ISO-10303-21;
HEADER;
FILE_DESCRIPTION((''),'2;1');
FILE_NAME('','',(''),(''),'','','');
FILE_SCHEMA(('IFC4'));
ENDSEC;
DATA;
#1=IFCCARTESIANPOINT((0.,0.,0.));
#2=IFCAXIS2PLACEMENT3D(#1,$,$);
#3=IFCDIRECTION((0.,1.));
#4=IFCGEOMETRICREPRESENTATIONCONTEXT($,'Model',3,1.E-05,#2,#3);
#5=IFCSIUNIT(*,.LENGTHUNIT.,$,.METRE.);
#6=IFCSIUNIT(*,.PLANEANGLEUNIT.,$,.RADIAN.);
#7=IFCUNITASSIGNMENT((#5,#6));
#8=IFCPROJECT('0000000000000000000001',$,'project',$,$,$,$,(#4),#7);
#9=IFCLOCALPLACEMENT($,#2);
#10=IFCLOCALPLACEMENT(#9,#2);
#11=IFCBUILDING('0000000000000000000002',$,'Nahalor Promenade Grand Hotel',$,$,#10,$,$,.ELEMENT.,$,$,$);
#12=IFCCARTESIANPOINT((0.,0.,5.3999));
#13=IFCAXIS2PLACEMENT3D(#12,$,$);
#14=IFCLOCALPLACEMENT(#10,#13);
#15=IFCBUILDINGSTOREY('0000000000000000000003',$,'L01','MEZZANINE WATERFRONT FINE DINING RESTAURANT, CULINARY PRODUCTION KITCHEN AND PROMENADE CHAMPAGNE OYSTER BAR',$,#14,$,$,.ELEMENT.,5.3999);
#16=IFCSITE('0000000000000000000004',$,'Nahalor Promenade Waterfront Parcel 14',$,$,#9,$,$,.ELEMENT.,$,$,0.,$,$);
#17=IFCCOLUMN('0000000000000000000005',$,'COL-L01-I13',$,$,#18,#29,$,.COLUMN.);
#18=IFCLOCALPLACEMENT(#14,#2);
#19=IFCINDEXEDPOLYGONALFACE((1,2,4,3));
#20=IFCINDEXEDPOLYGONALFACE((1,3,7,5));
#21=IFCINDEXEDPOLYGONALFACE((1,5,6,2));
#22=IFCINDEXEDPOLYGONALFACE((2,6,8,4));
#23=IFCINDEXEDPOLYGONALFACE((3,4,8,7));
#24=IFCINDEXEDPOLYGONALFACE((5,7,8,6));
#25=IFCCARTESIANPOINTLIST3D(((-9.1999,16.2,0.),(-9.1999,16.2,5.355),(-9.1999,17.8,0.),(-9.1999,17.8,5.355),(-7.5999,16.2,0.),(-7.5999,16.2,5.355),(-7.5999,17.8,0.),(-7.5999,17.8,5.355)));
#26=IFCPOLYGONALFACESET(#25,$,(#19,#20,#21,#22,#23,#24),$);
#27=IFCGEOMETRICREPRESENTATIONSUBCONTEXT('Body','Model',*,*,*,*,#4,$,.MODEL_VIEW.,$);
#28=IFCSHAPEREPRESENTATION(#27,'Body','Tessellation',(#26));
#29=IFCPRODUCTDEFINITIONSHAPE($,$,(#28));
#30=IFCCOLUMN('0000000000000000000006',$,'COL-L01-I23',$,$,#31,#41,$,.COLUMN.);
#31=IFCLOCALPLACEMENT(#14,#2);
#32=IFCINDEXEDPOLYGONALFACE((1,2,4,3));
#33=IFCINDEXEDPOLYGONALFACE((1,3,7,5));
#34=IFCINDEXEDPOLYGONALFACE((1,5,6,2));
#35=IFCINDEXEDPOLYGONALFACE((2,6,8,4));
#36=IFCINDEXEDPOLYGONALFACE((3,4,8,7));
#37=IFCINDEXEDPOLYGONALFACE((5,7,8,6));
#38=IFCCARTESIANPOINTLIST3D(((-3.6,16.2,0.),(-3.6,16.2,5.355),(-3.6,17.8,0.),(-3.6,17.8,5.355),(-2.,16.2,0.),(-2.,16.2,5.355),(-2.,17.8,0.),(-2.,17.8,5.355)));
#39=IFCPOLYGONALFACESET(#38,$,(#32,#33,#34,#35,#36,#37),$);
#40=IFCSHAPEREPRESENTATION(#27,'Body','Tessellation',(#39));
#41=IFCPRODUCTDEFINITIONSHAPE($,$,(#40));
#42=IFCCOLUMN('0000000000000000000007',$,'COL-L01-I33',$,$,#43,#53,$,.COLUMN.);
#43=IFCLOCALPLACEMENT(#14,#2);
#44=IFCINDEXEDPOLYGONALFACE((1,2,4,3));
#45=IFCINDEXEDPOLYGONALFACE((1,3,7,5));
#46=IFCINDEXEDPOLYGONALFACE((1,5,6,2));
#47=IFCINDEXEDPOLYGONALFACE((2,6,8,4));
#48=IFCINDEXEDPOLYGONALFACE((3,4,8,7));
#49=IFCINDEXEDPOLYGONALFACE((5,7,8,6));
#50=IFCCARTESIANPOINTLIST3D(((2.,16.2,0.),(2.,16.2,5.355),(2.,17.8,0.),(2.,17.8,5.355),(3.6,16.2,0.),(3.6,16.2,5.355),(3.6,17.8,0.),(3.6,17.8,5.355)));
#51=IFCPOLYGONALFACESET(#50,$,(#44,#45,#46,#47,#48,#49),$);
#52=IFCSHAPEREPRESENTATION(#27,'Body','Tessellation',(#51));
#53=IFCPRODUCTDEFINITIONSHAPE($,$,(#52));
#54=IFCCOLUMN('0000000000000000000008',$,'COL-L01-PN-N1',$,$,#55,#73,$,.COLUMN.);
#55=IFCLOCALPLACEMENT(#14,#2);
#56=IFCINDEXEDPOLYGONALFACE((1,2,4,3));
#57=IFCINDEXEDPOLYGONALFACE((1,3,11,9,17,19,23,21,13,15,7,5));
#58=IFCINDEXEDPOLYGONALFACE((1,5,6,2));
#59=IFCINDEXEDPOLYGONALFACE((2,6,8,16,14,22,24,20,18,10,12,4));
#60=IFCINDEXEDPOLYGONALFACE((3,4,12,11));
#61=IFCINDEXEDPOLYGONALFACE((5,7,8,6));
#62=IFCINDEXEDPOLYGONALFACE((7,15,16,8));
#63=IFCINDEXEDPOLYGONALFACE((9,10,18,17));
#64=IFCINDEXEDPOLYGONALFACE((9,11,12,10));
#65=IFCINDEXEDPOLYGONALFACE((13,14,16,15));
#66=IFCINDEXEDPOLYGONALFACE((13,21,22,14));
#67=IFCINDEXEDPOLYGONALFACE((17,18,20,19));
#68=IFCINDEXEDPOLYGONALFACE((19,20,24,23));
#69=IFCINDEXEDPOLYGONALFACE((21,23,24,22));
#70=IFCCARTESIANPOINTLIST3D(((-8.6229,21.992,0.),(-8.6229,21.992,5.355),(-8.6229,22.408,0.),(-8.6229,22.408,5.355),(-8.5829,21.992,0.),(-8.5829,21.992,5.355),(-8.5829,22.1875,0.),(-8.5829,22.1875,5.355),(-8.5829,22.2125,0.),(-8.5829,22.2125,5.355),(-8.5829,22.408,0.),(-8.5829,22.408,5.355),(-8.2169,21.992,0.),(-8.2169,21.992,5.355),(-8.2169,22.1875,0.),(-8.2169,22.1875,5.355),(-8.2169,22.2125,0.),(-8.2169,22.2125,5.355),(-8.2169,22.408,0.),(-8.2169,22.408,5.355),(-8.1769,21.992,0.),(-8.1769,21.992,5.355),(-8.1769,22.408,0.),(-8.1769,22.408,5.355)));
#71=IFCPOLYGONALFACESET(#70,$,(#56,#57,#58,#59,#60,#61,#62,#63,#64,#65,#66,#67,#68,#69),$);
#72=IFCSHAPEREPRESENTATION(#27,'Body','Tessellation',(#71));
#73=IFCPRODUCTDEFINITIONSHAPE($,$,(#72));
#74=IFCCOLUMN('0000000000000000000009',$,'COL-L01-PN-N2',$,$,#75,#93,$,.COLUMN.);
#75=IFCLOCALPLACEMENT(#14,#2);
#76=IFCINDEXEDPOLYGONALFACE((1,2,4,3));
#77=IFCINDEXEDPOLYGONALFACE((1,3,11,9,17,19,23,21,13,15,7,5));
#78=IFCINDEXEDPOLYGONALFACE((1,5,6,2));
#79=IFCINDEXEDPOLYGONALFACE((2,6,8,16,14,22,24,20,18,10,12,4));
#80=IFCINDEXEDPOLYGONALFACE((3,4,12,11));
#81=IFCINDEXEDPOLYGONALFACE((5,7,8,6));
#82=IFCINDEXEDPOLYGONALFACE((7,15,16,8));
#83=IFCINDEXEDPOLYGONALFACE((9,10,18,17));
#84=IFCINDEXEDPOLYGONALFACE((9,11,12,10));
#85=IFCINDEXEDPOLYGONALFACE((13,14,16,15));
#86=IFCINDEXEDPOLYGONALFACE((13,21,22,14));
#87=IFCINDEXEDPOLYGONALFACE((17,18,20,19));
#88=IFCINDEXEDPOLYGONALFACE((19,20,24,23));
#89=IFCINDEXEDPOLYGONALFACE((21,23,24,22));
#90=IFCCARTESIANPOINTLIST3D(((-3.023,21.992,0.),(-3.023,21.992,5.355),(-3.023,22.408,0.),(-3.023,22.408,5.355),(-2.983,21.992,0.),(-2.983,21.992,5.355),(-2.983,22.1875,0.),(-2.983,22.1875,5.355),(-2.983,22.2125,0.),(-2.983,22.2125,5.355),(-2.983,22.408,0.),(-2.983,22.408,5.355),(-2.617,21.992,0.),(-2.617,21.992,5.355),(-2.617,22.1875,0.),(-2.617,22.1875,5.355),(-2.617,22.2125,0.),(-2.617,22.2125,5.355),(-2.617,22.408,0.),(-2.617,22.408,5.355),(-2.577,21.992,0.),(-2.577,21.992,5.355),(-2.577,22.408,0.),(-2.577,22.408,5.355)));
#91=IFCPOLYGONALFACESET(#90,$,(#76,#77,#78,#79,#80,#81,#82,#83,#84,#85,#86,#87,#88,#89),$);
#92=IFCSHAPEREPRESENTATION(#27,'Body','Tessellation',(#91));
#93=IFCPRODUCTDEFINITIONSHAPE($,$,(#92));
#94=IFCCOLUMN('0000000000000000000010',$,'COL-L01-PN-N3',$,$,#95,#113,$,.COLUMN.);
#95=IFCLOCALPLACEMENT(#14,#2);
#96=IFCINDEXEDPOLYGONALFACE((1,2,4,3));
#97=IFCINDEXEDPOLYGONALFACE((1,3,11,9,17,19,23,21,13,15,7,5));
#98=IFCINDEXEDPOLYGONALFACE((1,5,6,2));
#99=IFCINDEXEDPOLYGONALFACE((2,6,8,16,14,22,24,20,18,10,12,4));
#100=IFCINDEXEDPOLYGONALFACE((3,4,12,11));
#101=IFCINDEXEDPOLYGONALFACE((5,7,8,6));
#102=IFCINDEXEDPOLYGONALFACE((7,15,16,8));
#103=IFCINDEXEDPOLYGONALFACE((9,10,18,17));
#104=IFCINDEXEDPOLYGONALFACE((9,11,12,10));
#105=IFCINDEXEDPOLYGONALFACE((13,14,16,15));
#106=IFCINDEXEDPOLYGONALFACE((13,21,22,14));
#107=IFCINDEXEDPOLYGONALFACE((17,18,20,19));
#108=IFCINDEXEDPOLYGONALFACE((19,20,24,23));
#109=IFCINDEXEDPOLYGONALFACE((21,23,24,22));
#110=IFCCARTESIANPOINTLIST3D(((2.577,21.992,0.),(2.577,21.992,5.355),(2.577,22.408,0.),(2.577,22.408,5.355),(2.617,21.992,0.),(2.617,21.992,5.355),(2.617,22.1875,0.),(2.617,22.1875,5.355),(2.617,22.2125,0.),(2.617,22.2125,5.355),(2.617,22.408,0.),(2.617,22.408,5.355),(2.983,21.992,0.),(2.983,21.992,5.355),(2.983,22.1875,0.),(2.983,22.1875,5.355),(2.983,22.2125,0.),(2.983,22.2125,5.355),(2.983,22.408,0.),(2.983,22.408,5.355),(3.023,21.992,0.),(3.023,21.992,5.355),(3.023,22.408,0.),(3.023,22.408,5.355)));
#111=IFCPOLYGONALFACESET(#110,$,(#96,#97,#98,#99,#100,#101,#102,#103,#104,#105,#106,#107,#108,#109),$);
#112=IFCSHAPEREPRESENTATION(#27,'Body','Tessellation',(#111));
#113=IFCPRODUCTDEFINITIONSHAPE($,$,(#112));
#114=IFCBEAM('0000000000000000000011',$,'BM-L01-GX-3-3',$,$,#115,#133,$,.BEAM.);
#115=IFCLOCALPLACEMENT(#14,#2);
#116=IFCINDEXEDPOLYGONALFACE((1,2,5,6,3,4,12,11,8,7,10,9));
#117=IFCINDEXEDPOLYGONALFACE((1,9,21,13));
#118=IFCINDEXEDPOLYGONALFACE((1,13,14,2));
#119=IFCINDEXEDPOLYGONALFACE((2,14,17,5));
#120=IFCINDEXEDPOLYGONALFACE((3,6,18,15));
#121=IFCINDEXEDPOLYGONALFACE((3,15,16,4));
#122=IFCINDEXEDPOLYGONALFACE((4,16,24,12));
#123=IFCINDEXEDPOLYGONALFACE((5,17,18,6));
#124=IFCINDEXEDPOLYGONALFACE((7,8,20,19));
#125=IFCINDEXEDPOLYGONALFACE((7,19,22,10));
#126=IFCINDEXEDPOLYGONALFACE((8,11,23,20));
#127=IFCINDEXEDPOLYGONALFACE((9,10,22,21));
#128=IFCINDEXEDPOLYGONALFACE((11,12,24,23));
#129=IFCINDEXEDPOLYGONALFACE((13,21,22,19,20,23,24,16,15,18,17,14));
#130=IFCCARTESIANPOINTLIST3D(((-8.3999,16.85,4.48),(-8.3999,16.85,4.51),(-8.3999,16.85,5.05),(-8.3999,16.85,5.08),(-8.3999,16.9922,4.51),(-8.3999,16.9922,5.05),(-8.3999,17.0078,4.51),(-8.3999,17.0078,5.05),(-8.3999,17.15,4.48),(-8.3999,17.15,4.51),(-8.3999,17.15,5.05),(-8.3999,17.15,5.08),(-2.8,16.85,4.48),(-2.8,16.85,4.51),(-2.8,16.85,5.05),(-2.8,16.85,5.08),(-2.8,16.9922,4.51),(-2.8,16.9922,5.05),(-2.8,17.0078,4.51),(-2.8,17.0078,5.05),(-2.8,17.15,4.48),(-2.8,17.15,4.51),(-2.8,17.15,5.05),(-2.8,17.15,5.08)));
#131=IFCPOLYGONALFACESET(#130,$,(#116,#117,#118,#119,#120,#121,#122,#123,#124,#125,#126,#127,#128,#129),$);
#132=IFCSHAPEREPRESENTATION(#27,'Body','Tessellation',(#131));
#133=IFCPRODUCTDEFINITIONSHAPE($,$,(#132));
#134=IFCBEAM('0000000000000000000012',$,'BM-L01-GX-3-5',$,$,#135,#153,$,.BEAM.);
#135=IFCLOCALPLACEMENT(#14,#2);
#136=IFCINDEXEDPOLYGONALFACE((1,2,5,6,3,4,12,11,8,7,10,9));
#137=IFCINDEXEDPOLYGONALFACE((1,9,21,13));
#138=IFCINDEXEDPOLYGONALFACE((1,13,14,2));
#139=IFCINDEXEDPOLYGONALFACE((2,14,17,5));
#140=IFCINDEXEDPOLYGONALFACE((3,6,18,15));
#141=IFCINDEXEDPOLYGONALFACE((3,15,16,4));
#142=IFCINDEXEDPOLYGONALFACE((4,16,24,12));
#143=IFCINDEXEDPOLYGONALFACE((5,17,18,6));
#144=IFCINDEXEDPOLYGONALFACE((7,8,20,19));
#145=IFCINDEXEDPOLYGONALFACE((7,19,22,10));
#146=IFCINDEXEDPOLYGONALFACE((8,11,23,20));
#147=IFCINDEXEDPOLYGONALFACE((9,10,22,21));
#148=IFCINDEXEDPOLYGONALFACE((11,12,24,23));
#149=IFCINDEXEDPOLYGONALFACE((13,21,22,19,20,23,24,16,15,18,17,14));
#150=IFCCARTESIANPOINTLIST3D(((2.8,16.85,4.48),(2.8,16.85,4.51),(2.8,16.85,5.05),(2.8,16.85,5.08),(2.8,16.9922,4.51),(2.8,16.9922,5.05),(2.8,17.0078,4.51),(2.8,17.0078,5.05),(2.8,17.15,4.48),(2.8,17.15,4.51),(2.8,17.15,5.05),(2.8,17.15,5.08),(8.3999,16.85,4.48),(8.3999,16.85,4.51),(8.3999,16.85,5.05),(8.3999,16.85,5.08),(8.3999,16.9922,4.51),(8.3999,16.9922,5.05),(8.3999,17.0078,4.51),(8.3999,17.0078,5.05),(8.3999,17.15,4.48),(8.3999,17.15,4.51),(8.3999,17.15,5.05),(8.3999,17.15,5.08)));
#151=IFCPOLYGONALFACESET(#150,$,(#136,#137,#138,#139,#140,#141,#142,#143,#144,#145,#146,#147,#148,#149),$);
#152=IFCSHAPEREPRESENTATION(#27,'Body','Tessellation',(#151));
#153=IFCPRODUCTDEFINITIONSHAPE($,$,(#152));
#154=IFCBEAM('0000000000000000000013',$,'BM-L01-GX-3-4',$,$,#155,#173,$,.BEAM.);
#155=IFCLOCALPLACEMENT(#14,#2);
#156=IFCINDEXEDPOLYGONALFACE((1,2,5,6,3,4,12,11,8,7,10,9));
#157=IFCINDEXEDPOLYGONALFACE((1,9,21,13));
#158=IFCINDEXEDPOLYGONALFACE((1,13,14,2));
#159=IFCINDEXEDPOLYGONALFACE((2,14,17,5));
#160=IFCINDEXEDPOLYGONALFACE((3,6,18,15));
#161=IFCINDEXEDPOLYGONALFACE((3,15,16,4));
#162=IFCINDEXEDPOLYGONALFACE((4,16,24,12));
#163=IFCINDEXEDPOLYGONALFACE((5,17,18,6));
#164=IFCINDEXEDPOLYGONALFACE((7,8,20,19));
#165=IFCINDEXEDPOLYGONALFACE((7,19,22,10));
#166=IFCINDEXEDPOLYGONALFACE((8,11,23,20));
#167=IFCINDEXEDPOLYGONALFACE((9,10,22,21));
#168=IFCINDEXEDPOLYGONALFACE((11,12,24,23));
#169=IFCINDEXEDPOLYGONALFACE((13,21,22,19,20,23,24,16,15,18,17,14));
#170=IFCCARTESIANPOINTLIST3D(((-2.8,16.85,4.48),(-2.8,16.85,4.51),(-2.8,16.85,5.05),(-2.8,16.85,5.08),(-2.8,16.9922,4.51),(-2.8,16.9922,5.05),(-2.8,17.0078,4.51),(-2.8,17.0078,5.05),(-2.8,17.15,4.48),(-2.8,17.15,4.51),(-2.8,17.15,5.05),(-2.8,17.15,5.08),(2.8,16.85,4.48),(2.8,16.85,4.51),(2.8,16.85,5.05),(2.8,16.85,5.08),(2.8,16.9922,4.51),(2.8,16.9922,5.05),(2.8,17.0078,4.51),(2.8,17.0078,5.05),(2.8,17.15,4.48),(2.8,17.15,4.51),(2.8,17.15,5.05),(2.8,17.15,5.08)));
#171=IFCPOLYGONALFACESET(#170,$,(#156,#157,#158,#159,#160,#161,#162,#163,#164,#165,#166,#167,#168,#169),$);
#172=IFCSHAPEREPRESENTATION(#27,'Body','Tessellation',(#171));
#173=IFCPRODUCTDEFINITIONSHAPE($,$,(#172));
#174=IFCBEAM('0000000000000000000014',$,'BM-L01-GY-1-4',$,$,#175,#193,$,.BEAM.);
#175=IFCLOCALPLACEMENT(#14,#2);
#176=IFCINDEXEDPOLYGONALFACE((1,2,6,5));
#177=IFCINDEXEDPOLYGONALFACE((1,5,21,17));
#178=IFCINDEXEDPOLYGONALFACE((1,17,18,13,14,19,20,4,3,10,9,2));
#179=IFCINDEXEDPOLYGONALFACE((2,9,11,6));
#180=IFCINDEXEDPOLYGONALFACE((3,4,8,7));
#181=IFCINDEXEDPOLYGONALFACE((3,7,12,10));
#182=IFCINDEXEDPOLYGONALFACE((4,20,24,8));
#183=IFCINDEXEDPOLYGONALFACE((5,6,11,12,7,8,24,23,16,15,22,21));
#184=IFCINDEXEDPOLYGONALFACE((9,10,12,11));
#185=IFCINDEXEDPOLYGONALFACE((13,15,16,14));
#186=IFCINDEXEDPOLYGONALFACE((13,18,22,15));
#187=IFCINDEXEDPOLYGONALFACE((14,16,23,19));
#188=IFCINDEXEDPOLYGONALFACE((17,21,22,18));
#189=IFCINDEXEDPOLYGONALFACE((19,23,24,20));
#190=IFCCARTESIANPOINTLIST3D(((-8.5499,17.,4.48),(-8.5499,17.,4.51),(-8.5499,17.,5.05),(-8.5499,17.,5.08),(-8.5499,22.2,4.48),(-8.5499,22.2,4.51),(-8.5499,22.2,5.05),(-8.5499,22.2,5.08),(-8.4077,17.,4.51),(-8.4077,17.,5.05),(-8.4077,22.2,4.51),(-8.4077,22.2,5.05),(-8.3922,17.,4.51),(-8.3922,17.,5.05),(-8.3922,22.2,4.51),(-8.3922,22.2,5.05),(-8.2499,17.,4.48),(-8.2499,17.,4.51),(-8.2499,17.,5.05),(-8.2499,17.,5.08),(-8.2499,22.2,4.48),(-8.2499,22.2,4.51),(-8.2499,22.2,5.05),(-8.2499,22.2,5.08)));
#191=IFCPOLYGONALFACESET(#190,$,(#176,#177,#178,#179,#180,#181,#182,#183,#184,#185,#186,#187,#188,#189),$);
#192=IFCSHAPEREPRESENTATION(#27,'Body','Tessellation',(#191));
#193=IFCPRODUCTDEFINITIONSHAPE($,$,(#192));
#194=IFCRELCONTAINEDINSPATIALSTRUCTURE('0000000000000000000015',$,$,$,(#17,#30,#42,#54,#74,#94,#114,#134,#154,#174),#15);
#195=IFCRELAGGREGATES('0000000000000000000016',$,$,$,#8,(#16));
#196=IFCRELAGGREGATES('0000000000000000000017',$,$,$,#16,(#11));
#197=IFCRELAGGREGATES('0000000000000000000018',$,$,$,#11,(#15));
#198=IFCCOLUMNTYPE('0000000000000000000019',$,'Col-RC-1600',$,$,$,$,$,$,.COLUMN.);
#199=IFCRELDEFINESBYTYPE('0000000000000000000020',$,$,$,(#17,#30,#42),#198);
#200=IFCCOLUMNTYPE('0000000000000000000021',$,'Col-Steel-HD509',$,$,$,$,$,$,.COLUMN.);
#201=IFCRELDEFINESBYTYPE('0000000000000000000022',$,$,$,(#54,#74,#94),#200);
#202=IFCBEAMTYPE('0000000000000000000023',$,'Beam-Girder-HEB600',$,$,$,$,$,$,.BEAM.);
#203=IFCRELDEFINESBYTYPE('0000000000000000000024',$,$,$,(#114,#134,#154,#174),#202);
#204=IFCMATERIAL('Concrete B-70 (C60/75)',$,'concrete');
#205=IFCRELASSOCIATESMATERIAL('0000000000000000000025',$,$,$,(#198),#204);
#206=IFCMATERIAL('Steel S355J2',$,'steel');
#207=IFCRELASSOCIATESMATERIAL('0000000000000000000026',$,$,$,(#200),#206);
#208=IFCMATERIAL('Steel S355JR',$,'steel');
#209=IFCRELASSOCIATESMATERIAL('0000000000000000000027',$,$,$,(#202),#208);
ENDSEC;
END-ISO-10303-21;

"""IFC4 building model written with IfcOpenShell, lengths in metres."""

from ifc_helpers import new_model, si_unit, direction, frame, origin, origin_2d, place, context, subcontext, project, spatial, rectangle, i_section, extrude, source, transform, mapped, material, material_profile, profile_set, type_object, element, save


model = new_model("IFC4")

# Units and contexts
model_context = context("Model", 3, precision=1e-05, world=origin(), true_north=direction((0.0, 1.0)))
body_context = subcontext(model_context, "Body", "Model", "MODEL_VIEW")
ifc_project = project(units=[si_unit("LENGTHUNIT", "METRE"), si_unit("PLANEANGLEUNIT", "RADIAN")], contexts=[model_context])

# Site, building, storey
site_placement = place(None, origin())
site = spatial("IfcSite", under=ifc_project, at=site_placement, Name="Nahalor Promenade Waterfront Parcel 14", CompositionType="ELEMENT", RefElevation=0.0)
building_placement = place(site_placement, origin())
building = spatial("IfcBuilding", under=site, at=building_placement, Name="Nahalor Promenade Grand Hotel", CompositionType="ELEMENT")
storey_placement = place(building_placement, frame((0.0, 0.0, 5.3999)))
storey = spatial("IfcBuildingStorey", under=building, at=storey_placement, Name="L01", Description="MEZZANINE WATERFRONT FINE DINING RESTAURANT, CULINARY PRODUCTION KITCHEN AND PROMENADE CHAMPAGNE OYSTER BAR", CompositionType="ELEMENT", Elevation=5.3999)

# Columns
ifc_material_1 = material(Name="Concrete B-70 (C60/75)", Category="concrete")
ifc_material_profile_1 = material_profile(ifc_material_1, rectangle(XDim=1.6, YDim=1.6, at=origin_2d()), Name="RC 1600x1600")
ifc_profile_set_1 = profile_set([ifc_material_profile_1], Name="Concrete B-70 (C60/75)")
column_type_1 = type_object("IfcColumnType", Name="Col-RC-1600", PredefinedType="COLUMN", material=ifc_profile_set_1)
shared_shape_1 = source(origin(), body_context, "Body", "SweptSolid", [
    extrude(rectangle(XDim=1.6, YDim=1.6, at=origin_2d()), origin(), (0.0, 0.0, 1.0), 5.355),
])
for number, where, z_axis, x_axis, name in (
    (1, (-8.3999, 17.0, 0.0), (0.0, 0.0, 1.0), (1.0, 0.0, 0.0), "COL-L01-I13"),
    (2, (-2.8, 17.0, 0.0), (0.0, 0.0, 1.0), (1.0, 0.0, 0.0), "COL-L01-I23"),
    (3, (2.8, 17.0, 0.0), (0.0, 0.0, 1.0), (1.0, 0.0, 0.0), "COL-L01-I33"),
):
    element("IfcColumn", number, at=place(storey_placement, frame(where, z_axis=z_axis, x_axis=x_axis)), inside=storey, type_object=column_type_1, Name=name, PredefinedType="COLUMN", context=body_context, shape_type="MappedRepresentation", body=[
        mapped(shared_shape_1, transform((0.0, 0.0, 0.0), scale=1.0)),
    ])
ifc_material_2 = material(Name="Steel S355J2", Category="steel")
ifc_material_profile_2 = material_profile(ifc_material_2, i_section(OverallWidth=0.416, OverallDepth=0.446, WebThickness=0.025, FlangeThickness=0.04, at=origin_2d()), Name="HD 400x509")
ifc_profile_set_2 = profile_set([ifc_material_profile_2], Name="Steel S355J2")
column_type_2 = type_object("IfcColumnType", Name="Col-Steel-HD509", PredefinedType="COLUMN", material=ifc_profile_set_2)
shared_shape_2 = source(origin(), body_context, "Body", "SweptSolid", [
    extrude(i_section(OverallWidth=0.416, OverallDepth=0.446, WebThickness=0.025, FlangeThickness=0.04, at=origin_2d()), origin(), (0.0, 0.0, 1.0), 5.355),
])
for number, where, z_axis, x_axis, name in (
    (4, (-8.3999, 22.2, 0.0), (0.0, 0.0, 1.0), (0.0, 1.0, 0.0), "COL-L01-PN-N1"),
    (5, (-2.8, 22.2, 0.0), (0.0, 0.0, 1.0), (0.0, 1.0, 0.0), "COL-L01-PN-N2"),
    (6, (2.8, 22.2, 0.0), (0.0, 0.0, 1.0), (0.0, 1.0, 0.0), "COL-L01-PN-N3"),
):
    element("IfcColumn", number, at=place(storey_placement, frame(where, z_axis=z_axis, x_axis=x_axis)), inside=storey, type_object=column_type_2, Name=name, PredefinedType="COLUMN", context=body_context, shape_type="MappedRepresentation", body=[
        mapped(shared_shape_2, transform((0.0, 0.0, 0.0), scale=1.0)),
    ])

# Beams
ifc_material_3 = material(Name="Steel S355JR", Category="steel")
ifc_material_profile_3 = material_profile(ifc_material_3, i_section(OverallWidth=0.3, OverallDepth=0.6, WebThickness=0.0155, FlangeThickness=0.03, at=origin_2d()), Name="HEB 600")
ifc_profile_set_3 = profile_set([ifc_material_profile_3], Name="Steel S355JR")
beam_type_1 = type_object("IfcBeamType", Name="Beam-Girder-HEB600", PredefinedType="BEAM", material=ifc_profile_set_3)
shared_shape_3 = source(origin(), body_context, "Body", "SweptSolid", [
    extrude(i_section(OverallWidth=0.3, OverallDepth=0.6, WebThickness=0.0155, FlangeThickness=0.03, at=origin_2d()), origin(), (0.0, 0.0, 1.0), 5.5999),
])
for number, where, z_axis, x_axis, name in (
    (7, (-8.3999, 17.0, 4.78), (1.0, 0.0, 0.0), (0.0, 1.0, 0.0), "BM-L01-GX-3-3"),
    (8, (2.8, 17.0, 4.78), (1.0, 0.0, 0.0), (0.0, 1.0, 0.0), "BM-L01-GX-3-5"),
):
    element("IfcBeam", number, at=place(storey_placement, frame(where, z_axis=z_axis, x_axis=x_axis)), inside=storey, type_object=beam_type_1, Name=name, PredefinedType="BEAM", context=body_context, shape_type="MappedRepresentation", body=[
        mapped(shared_shape_3, transform((0.0, 0.0, 0.0), scale=1.0)),
    ])
shared_shape_4 = source(origin(), body_context, "Body", "SweptSolid", [
    extrude(i_section(OverallWidth=0.3, OverallDepth=0.6, WebThickness=0.0155, FlangeThickness=0.03, at=origin_2d()), origin(), (0.0, 0.0, 1.0), 5.6001),
])
beam_1_placement = place(storey_placement, frame((-2.8, 17.0, 4.78), z_axis=(1.0, 0.0, 0.0), x_axis=(0.0, 1.0, 0.0)))
element("IfcBeam", 9, at=beam_1_placement, inside=storey, type_object=beam_type_1, Name="BM-L01-GX-3-4", PredefinedType="BEAM", context=body_context, shape_type="MappedRepresentation", body=[
    mapped(shared_shape_4, transform((0.0, 0.0, 0.0), scale=1.0)),
])
shared_shape_5 = source(origin(), body_context, "Body", "SweptSolid", [
    extrude(i_section(OverallWidth=0.3, OverallDepth=0.6, WebThickness=0.0155, FlangeThickness=0.03, at=origin_2d()), origin(), (0.0, 0.0, 1.0), 5.2),
])
for number, where, z_axis, x_axis, name in (
    (10, (-8.3999, 17.0, 4.78), (0.0, 1.0, 0.0), (-1.0, 0.0, 0.0), "BM-L01-GY-1-4"),
):
    element("IfcBeam", number, at=place(storey_placement, frame(where, z_axis=z_axis, x_axis=x_axis)), inside=storey, type_object=beam_type_1, Name=name, PredefinedType="BEAM", context=body_context, shape_type="MappedRepresentation", body=[
        mapped(shared_shape_5, transform((0.0, 0.0, 0.0), scale=1.0)),
    ])

save(model, "model.ifc")
